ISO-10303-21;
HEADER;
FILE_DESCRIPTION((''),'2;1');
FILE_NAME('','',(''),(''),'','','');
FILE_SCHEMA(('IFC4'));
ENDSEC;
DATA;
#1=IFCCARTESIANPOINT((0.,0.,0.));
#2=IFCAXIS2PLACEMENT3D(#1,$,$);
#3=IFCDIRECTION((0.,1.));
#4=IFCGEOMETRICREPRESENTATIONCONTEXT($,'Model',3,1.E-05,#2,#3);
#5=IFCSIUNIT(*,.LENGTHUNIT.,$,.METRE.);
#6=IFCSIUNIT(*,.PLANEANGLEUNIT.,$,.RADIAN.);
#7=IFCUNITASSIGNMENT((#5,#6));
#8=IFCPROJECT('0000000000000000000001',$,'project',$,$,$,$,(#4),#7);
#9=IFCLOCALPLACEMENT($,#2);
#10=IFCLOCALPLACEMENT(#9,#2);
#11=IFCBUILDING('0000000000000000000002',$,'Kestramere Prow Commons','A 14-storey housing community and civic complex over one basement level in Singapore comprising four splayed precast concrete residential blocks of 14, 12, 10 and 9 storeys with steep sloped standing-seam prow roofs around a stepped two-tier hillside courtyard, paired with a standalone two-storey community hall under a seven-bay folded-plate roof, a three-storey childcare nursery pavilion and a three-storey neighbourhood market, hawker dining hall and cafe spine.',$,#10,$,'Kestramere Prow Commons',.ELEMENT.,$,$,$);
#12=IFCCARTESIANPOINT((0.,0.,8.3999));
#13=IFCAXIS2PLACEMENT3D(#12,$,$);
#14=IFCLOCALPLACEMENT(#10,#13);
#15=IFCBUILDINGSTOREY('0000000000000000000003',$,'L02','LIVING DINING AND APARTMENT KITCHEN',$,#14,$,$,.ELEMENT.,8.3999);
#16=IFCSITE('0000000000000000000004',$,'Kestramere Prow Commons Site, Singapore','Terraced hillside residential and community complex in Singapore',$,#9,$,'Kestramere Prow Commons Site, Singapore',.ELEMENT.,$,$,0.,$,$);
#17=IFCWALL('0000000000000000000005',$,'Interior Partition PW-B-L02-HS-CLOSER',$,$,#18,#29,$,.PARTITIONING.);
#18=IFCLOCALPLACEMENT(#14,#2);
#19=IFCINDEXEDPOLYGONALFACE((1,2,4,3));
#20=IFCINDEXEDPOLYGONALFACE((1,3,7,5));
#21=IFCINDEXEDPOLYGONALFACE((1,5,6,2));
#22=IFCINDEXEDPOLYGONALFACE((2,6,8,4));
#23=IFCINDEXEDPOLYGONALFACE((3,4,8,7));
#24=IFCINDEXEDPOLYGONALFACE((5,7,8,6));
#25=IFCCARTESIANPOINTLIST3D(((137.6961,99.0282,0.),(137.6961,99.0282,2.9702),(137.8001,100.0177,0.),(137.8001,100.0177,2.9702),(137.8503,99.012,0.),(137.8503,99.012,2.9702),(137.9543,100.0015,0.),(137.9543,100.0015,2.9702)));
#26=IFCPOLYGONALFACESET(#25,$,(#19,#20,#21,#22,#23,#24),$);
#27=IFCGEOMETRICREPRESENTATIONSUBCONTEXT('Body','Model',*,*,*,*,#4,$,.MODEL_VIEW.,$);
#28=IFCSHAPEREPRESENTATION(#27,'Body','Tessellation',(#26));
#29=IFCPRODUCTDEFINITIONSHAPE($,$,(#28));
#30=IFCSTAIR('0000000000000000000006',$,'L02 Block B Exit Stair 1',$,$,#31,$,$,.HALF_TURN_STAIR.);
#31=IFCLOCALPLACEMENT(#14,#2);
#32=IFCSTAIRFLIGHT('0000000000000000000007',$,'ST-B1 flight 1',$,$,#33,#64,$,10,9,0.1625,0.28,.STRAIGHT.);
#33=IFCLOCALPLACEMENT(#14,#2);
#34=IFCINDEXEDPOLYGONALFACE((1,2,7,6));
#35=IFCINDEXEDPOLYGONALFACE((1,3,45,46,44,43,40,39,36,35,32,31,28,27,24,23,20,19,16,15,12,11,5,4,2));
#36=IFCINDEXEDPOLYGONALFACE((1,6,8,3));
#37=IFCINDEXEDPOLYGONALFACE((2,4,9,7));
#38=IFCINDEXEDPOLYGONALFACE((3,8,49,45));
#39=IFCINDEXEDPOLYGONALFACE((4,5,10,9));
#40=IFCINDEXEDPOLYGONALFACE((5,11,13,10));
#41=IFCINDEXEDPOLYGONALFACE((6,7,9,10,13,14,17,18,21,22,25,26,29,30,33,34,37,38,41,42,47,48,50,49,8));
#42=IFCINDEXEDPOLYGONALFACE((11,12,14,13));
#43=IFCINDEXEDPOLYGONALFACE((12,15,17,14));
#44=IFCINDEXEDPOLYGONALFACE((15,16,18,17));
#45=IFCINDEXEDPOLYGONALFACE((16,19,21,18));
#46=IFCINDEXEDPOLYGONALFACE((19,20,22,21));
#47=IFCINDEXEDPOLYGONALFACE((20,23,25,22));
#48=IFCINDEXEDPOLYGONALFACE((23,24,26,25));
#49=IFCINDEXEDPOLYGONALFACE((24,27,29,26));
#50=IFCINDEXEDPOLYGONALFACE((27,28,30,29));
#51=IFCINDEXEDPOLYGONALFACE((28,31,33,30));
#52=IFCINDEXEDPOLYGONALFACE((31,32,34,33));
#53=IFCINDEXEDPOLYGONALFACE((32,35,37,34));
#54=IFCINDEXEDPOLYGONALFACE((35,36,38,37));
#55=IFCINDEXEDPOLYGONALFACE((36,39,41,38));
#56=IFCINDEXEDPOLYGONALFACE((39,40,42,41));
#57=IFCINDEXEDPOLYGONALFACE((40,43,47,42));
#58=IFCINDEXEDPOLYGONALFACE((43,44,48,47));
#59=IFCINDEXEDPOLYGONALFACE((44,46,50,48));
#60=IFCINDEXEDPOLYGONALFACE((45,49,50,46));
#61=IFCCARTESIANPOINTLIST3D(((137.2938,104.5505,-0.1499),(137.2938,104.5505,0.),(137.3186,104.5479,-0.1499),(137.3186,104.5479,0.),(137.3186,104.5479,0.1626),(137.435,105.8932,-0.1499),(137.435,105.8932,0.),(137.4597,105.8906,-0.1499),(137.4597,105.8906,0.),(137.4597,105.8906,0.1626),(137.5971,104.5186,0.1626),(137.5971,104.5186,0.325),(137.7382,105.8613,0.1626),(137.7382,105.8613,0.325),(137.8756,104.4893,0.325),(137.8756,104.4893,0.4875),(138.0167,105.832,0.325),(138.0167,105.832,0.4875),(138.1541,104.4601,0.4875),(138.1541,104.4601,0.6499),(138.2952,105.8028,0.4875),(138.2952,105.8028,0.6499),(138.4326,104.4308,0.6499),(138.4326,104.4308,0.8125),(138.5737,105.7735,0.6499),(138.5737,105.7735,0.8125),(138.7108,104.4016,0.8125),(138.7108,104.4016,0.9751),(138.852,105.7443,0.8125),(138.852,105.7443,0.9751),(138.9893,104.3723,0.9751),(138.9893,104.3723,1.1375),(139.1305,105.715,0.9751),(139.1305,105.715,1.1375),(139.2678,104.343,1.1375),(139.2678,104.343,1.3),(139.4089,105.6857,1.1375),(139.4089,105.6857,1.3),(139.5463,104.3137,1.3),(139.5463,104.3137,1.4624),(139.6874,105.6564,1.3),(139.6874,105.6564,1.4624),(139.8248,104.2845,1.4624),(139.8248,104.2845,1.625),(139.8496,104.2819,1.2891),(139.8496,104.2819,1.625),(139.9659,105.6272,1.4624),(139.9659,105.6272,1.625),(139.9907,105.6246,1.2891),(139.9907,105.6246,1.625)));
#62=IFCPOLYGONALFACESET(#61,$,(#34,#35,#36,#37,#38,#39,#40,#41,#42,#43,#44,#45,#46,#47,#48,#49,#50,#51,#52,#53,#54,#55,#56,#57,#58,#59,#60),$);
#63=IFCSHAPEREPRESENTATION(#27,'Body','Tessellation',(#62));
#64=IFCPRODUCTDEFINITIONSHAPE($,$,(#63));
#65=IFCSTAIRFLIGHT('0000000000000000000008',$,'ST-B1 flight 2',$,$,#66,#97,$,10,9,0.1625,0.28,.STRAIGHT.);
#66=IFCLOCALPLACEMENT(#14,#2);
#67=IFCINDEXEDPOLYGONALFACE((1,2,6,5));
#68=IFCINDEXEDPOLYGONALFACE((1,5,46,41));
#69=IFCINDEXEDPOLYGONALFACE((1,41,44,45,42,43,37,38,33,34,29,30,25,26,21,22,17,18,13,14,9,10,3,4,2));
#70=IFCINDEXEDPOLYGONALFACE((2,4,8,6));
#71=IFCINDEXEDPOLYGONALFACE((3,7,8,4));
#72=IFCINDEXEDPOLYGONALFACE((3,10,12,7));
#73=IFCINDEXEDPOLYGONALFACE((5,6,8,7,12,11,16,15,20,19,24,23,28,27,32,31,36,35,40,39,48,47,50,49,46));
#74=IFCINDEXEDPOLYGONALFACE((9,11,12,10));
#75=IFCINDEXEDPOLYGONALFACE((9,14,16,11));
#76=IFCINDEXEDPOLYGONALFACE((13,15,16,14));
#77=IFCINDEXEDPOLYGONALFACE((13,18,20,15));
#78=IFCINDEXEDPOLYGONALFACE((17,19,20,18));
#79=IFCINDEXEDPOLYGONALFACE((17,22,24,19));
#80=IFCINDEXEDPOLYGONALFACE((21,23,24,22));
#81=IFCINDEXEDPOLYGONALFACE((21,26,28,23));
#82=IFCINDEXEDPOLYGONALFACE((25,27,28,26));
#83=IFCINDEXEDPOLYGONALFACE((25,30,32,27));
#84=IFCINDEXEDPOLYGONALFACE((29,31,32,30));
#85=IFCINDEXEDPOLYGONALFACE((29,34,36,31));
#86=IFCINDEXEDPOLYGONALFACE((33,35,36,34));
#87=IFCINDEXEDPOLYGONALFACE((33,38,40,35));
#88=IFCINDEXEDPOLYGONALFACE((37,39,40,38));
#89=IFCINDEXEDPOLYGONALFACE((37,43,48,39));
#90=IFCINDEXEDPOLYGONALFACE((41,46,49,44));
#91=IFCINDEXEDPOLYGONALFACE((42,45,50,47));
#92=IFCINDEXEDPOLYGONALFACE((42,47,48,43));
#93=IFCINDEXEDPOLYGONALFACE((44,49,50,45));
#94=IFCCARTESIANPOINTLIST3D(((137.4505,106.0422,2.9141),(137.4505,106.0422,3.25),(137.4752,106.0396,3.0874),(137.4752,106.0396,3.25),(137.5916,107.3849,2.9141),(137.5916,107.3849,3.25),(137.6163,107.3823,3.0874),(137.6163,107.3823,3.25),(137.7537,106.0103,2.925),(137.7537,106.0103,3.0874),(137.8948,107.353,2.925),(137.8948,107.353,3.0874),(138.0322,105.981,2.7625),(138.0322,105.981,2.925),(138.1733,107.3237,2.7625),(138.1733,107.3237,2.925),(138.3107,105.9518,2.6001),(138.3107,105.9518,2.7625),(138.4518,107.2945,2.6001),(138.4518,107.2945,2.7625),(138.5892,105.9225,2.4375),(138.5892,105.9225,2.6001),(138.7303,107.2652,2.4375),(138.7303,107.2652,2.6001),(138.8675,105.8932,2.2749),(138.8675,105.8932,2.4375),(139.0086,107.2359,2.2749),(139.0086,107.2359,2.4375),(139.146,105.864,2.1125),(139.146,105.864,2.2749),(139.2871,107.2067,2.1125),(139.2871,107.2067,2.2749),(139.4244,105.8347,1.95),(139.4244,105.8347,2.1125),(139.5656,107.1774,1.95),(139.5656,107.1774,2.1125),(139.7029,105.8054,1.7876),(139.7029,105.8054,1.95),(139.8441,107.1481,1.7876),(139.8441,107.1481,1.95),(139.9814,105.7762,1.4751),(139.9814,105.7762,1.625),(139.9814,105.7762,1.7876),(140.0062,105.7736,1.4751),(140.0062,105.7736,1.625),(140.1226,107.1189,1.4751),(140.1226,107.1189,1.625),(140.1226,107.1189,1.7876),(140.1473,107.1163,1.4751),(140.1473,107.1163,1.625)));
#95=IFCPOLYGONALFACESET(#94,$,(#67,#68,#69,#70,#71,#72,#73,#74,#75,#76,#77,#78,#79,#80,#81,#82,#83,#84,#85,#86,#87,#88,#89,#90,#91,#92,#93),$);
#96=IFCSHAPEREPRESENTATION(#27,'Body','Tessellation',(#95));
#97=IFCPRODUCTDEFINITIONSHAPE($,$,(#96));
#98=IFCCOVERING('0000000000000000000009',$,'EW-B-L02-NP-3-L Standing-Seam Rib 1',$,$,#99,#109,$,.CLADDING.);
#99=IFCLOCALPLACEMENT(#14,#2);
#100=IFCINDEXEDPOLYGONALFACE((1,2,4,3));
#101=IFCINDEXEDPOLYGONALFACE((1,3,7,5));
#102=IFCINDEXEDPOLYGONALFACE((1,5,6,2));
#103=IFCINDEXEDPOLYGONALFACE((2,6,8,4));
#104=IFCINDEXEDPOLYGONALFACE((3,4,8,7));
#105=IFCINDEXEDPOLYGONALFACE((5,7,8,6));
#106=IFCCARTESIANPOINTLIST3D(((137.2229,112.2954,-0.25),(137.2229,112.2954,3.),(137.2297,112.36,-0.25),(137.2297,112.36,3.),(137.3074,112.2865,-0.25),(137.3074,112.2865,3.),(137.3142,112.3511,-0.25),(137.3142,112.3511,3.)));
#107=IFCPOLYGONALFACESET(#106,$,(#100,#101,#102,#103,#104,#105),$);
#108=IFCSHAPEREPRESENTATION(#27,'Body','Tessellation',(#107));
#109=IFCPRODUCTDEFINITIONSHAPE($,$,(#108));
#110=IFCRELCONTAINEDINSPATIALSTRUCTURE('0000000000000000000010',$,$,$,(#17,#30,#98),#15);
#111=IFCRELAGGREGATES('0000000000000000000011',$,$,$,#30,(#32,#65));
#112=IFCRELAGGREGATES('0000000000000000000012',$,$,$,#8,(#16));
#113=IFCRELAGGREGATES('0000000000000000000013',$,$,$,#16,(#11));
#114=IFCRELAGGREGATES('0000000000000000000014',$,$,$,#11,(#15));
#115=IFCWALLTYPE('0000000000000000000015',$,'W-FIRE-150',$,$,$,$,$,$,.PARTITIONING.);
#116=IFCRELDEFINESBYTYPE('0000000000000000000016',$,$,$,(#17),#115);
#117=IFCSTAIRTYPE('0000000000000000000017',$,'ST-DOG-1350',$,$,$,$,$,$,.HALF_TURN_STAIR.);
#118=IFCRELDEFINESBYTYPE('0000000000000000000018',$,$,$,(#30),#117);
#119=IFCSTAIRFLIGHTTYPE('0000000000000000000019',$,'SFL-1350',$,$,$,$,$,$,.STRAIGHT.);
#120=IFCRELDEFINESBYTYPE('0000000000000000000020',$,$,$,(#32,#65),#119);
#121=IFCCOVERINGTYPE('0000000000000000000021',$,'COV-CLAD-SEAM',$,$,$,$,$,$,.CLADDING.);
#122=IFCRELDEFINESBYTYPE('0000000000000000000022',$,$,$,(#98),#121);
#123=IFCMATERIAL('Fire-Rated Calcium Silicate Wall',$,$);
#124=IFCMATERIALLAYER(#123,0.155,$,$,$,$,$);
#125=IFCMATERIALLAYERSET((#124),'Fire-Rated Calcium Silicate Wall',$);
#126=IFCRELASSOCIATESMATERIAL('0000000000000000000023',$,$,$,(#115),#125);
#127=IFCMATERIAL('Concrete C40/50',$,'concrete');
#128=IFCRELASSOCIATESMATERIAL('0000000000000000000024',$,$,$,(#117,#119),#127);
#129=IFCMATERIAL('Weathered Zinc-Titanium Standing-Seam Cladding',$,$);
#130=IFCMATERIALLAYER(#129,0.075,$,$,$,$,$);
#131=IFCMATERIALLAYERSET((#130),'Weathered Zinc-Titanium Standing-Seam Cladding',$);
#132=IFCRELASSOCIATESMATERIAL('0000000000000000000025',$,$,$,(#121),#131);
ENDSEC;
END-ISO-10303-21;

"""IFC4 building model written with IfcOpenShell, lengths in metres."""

from ifc_helpers import new_model, si_unit, direction, frame, frame_2d, origin, origin_2d, place, context, subcontext, project, spatial, polyline, rectangle, outline, extrude, material, layer, layer_set, type_object, element, aggregate, save


model = new_model("IFC4")

# Units and contexts
model_context = context("Model", 3, precision=1e-05, world=origin(), true_north=direction((0.0, 1.0)))
body_context = subcontext(model_context, "Body", "Model", "MODEL_VIEW")
ifc_project = project(units=[si_unit("LENGTHUNIT", "METRE"), si_unit("PLANEANGLEUNIT", "RADIAN")], contexts=[model_context])

# Site, building, storey
site_placement = place(None, origin())
site = spatial("IfcSite", under=ifc_project, at=site_placement, Name="Kestramere Prow Commons Site, Singapore", Description="Terraced hillside residential and community complex in Singapore", LongName="Kestramere Prow Commons Site, Singapore", CompositionType="ELEMENT", RefElevation=0.0)
building_placement = place(site_placement, origin())
building = spatial("IfcBuilding", under=site, at=building_placement, Name="Kestramere Prow Commons", Description="A 14-storey housing community and civic complex over one basement level in Singapore comprising four splayed precast concrete residential blocks of 14, 12, 10 and 9 storeys with steep sloped standing-seam prow roofs around a stepped two-tier hillside courtyard, paired with a standalone two-storey community hall under a seven-bay folded-plate roof, a three-storey childcare nursery pavilion and a three-storey neighbourhood market, hawker dining hall and cafe spine.", LongName="Kestramere Prow Commons", CompositionType="ELEMENT")
storey_placement = place(building_placement, frame((0.0, 0.0, 8.3999)))
storey = spatial("IfcBuildingStorey", under=building, at=storey_placement, Name="L02", Description="LIVING DINING AND APARTMENT KITCHEN", CompositionType="ELEMENT", Elevation=8.3999)

# Shared definitions
ifc_material_1 = material(Name="Concrete C40/50", Category="concrete")

# Wall
ifc_material_2 = material(Name="Fire-Rated Calcium Silicate Wall")
ifc_layer_1 = layer(ifc_material_2, 0.155)
ifc_layer_set_1 = layer_set([ifc_layer_1], Name="Fire-Rated Calcium Silicate Wall")
wall_type_1 = type_object("IfcWallType", Name="W-FIRE-150", PredefinedType="PARTITIONING", material=ifc_layer_set_1)
wall_1_placement = place(storey_placement, frame((137.7732, 99.02, 0.0), z_axis=(0.0, 0.0, 1.0), x_axis=(0.104532, 0.994522, 0.0)))
element("IfcWall", 1, at=wall_1_placement, inside=storey, type_object=wall_type_1, Name="Interior Partition PW-B-L02-HS-CLOSER", PredefinedType="PARTITIONING", context=body_context, shape_type="SweptSolid", body=[
    extrude(rectangle(XDim=0.9949, YDim=0.155, at=frame_2d((0.4976, 0.0))), origin(), (0.0, 0.0, 1.0), 2.9702),
])

# Stair, stair flights
stair_type = type_object("IfcStairType", Name="ST-DOG-1350", PredefinedType="HALF_TURN_STAIR", material=ifc_material_1)
stair_placement = place(storey_placement, origin())
stair = element("IfcStair", 2, at=stair_placement, inside=storey, type_object=stair_type, Name="L02 Block B Exit Stair 1", PredefinedType="HALF_TURN_STAIR")
stair_flight_type = type_object("IfcStairFlightType", Name="SFL-1350", PredefinedType="STRAIGHT", material=ifc_material_1)
stair_flight_1_placement = place(storey_placement, frame((137.3892, 105.2192, 0.0), z_axis=(0.0, 0.0, 1.0), x_axis=(0.994522, -0.104528, 0.0)))
stair_flight_1 = element("IfcStairFlight", 3, at=stair_flight_1_placement, type_object=stair_flight_type, Name="ST-B1 flight 1", NumberOfRisers=10, NumberOfTreads=9, PredefinedType="STRAIGHT", RiserHeight=0.1625, TreadLength=0.28, context=body_context, shape_type="SweptSolid", body=[
    extrude(outline(polyline([(-0.0249, 0.0), (0.0, 0.0), (0.0, 0.1626), (0.28, 0.1626), (0.28, 0.325), (0.5601, 0.325), (0.5601, 0.4875), (0.8401, 0.4875), (0.8401, 0.6499), (1.1201, 0.6499), (1.1201, 0.8125), (1.3999, 0.8125), (1.3999, 0.9751), (1.6799, 0.9751), (1.6799, 1.1375), (1.96, 1.1375), (1.96, 1.3), (2.24, 1.3), (2.24, 1.4624), (2.52, 1.4624), (2.52, 1.625), (2.5449, 1.625), (2.5449, 1.2891), (0.0, -0.1499), (-0.0249, -0.1499), (-0.0249, 0.0)])), frame((0.0, 0.675, 0.0), z_axis=(0.0, -1.0, 0.0), x_axis=(1.0, 0.0, 0.0)), (0.0, 0.0, 1.0), 1.3501),
])
stair_flight_2_placement = place(storey_placement, frame((140.052, 106.4475, 1.625), z_axis=(0.0, 0.0, 1.0), x_axis=(-0.994522, 0.104528, 0.0)))
stair_flight_2 = element("IfcStairFlight", 4, at=stair_flight_2_placement, type_object=stair_flight_type, Name="ST-B1 flight 2", NumberOfRisers=10, NumberOfTreads=9, PredefinedType="STRAIGHT", RiserHeight=0.1625, TreadLength=0.28, context=body_context, shape_type="SweptSolid", body=[
    extrude(outline(polyline([(-0.0249, 0.0), (0.0, 0.0), (0.0, 0.1626), (0.28, 0.1626), (0.28, 0.325), (0.5601, 0.325), (0.5601, 0.4875), (0.8401, 0.4875), (0.8401, 0.6499), (1.1201, 0.6499), (1.1201, 0.8125), (1.3999, 0.8125), (1.3999, 0.9751), (1.6799, 0.9751), (1.6799, 1.1375), (1.96, 1.1375), (1.96, 1.3), (2.24, 1.3), (2.24, 1.4624), (2.52, 1.4624), (2.52, 1.625), (2.5449, 1.625), (2.5449, 1.2891), (0.0, -0.1499), (-0.0249, -0.1499), (-0.0249, 0.0)])), frame((0.0, 0.675, 0.0), z_axis=(0.0, -1.0, 0.0), x_axis=(1.0, 0.0, 0.0)), (0.0, 0.0, 1.0), 1.3501),
])
aggregate(stair, [stair_flight_1, stair_flight_2])

# Covering
ifc_material_3 = material(Name="Weathered Zinc-Titanium Standing-Seam Cladding")
ifc_layer_2 = layer(ifc_material_3, 0.075)
ifc_layer_set_2 = layer_set([ifc_layer_2], Name="Weathered Zinc-Titanium Standing-Seam Cladding")
covering_type = type_object("IfcCoveringType", Name="COV-CLAD-SEAM", PredefinedType="CLADDING", material=ifc_layer_set_2)
covering_placement = place(storey_placement, frame((137.2686, 112.3232, -0.25), z_axis=(0.0, 0.0, 1.0), x_axis=(0.994522, -0.104528, 0.0)))
element("IfcCovering", 5, at=covering_placement, inside=storey, type_object=covering_type, Name="EW-B-L02-NP-3-L Standing-Seam Rib 1", PredefinedType="CLADDING", context=body_context, shape_type="SweptSolid", body=[
    extrude(rectangle(XDim=0.085, YDim=0.0649, at=origin_2d()), origin(), (0.0, 0.0, 1.0), 3.25),
])

save(model, "model.ifc")
